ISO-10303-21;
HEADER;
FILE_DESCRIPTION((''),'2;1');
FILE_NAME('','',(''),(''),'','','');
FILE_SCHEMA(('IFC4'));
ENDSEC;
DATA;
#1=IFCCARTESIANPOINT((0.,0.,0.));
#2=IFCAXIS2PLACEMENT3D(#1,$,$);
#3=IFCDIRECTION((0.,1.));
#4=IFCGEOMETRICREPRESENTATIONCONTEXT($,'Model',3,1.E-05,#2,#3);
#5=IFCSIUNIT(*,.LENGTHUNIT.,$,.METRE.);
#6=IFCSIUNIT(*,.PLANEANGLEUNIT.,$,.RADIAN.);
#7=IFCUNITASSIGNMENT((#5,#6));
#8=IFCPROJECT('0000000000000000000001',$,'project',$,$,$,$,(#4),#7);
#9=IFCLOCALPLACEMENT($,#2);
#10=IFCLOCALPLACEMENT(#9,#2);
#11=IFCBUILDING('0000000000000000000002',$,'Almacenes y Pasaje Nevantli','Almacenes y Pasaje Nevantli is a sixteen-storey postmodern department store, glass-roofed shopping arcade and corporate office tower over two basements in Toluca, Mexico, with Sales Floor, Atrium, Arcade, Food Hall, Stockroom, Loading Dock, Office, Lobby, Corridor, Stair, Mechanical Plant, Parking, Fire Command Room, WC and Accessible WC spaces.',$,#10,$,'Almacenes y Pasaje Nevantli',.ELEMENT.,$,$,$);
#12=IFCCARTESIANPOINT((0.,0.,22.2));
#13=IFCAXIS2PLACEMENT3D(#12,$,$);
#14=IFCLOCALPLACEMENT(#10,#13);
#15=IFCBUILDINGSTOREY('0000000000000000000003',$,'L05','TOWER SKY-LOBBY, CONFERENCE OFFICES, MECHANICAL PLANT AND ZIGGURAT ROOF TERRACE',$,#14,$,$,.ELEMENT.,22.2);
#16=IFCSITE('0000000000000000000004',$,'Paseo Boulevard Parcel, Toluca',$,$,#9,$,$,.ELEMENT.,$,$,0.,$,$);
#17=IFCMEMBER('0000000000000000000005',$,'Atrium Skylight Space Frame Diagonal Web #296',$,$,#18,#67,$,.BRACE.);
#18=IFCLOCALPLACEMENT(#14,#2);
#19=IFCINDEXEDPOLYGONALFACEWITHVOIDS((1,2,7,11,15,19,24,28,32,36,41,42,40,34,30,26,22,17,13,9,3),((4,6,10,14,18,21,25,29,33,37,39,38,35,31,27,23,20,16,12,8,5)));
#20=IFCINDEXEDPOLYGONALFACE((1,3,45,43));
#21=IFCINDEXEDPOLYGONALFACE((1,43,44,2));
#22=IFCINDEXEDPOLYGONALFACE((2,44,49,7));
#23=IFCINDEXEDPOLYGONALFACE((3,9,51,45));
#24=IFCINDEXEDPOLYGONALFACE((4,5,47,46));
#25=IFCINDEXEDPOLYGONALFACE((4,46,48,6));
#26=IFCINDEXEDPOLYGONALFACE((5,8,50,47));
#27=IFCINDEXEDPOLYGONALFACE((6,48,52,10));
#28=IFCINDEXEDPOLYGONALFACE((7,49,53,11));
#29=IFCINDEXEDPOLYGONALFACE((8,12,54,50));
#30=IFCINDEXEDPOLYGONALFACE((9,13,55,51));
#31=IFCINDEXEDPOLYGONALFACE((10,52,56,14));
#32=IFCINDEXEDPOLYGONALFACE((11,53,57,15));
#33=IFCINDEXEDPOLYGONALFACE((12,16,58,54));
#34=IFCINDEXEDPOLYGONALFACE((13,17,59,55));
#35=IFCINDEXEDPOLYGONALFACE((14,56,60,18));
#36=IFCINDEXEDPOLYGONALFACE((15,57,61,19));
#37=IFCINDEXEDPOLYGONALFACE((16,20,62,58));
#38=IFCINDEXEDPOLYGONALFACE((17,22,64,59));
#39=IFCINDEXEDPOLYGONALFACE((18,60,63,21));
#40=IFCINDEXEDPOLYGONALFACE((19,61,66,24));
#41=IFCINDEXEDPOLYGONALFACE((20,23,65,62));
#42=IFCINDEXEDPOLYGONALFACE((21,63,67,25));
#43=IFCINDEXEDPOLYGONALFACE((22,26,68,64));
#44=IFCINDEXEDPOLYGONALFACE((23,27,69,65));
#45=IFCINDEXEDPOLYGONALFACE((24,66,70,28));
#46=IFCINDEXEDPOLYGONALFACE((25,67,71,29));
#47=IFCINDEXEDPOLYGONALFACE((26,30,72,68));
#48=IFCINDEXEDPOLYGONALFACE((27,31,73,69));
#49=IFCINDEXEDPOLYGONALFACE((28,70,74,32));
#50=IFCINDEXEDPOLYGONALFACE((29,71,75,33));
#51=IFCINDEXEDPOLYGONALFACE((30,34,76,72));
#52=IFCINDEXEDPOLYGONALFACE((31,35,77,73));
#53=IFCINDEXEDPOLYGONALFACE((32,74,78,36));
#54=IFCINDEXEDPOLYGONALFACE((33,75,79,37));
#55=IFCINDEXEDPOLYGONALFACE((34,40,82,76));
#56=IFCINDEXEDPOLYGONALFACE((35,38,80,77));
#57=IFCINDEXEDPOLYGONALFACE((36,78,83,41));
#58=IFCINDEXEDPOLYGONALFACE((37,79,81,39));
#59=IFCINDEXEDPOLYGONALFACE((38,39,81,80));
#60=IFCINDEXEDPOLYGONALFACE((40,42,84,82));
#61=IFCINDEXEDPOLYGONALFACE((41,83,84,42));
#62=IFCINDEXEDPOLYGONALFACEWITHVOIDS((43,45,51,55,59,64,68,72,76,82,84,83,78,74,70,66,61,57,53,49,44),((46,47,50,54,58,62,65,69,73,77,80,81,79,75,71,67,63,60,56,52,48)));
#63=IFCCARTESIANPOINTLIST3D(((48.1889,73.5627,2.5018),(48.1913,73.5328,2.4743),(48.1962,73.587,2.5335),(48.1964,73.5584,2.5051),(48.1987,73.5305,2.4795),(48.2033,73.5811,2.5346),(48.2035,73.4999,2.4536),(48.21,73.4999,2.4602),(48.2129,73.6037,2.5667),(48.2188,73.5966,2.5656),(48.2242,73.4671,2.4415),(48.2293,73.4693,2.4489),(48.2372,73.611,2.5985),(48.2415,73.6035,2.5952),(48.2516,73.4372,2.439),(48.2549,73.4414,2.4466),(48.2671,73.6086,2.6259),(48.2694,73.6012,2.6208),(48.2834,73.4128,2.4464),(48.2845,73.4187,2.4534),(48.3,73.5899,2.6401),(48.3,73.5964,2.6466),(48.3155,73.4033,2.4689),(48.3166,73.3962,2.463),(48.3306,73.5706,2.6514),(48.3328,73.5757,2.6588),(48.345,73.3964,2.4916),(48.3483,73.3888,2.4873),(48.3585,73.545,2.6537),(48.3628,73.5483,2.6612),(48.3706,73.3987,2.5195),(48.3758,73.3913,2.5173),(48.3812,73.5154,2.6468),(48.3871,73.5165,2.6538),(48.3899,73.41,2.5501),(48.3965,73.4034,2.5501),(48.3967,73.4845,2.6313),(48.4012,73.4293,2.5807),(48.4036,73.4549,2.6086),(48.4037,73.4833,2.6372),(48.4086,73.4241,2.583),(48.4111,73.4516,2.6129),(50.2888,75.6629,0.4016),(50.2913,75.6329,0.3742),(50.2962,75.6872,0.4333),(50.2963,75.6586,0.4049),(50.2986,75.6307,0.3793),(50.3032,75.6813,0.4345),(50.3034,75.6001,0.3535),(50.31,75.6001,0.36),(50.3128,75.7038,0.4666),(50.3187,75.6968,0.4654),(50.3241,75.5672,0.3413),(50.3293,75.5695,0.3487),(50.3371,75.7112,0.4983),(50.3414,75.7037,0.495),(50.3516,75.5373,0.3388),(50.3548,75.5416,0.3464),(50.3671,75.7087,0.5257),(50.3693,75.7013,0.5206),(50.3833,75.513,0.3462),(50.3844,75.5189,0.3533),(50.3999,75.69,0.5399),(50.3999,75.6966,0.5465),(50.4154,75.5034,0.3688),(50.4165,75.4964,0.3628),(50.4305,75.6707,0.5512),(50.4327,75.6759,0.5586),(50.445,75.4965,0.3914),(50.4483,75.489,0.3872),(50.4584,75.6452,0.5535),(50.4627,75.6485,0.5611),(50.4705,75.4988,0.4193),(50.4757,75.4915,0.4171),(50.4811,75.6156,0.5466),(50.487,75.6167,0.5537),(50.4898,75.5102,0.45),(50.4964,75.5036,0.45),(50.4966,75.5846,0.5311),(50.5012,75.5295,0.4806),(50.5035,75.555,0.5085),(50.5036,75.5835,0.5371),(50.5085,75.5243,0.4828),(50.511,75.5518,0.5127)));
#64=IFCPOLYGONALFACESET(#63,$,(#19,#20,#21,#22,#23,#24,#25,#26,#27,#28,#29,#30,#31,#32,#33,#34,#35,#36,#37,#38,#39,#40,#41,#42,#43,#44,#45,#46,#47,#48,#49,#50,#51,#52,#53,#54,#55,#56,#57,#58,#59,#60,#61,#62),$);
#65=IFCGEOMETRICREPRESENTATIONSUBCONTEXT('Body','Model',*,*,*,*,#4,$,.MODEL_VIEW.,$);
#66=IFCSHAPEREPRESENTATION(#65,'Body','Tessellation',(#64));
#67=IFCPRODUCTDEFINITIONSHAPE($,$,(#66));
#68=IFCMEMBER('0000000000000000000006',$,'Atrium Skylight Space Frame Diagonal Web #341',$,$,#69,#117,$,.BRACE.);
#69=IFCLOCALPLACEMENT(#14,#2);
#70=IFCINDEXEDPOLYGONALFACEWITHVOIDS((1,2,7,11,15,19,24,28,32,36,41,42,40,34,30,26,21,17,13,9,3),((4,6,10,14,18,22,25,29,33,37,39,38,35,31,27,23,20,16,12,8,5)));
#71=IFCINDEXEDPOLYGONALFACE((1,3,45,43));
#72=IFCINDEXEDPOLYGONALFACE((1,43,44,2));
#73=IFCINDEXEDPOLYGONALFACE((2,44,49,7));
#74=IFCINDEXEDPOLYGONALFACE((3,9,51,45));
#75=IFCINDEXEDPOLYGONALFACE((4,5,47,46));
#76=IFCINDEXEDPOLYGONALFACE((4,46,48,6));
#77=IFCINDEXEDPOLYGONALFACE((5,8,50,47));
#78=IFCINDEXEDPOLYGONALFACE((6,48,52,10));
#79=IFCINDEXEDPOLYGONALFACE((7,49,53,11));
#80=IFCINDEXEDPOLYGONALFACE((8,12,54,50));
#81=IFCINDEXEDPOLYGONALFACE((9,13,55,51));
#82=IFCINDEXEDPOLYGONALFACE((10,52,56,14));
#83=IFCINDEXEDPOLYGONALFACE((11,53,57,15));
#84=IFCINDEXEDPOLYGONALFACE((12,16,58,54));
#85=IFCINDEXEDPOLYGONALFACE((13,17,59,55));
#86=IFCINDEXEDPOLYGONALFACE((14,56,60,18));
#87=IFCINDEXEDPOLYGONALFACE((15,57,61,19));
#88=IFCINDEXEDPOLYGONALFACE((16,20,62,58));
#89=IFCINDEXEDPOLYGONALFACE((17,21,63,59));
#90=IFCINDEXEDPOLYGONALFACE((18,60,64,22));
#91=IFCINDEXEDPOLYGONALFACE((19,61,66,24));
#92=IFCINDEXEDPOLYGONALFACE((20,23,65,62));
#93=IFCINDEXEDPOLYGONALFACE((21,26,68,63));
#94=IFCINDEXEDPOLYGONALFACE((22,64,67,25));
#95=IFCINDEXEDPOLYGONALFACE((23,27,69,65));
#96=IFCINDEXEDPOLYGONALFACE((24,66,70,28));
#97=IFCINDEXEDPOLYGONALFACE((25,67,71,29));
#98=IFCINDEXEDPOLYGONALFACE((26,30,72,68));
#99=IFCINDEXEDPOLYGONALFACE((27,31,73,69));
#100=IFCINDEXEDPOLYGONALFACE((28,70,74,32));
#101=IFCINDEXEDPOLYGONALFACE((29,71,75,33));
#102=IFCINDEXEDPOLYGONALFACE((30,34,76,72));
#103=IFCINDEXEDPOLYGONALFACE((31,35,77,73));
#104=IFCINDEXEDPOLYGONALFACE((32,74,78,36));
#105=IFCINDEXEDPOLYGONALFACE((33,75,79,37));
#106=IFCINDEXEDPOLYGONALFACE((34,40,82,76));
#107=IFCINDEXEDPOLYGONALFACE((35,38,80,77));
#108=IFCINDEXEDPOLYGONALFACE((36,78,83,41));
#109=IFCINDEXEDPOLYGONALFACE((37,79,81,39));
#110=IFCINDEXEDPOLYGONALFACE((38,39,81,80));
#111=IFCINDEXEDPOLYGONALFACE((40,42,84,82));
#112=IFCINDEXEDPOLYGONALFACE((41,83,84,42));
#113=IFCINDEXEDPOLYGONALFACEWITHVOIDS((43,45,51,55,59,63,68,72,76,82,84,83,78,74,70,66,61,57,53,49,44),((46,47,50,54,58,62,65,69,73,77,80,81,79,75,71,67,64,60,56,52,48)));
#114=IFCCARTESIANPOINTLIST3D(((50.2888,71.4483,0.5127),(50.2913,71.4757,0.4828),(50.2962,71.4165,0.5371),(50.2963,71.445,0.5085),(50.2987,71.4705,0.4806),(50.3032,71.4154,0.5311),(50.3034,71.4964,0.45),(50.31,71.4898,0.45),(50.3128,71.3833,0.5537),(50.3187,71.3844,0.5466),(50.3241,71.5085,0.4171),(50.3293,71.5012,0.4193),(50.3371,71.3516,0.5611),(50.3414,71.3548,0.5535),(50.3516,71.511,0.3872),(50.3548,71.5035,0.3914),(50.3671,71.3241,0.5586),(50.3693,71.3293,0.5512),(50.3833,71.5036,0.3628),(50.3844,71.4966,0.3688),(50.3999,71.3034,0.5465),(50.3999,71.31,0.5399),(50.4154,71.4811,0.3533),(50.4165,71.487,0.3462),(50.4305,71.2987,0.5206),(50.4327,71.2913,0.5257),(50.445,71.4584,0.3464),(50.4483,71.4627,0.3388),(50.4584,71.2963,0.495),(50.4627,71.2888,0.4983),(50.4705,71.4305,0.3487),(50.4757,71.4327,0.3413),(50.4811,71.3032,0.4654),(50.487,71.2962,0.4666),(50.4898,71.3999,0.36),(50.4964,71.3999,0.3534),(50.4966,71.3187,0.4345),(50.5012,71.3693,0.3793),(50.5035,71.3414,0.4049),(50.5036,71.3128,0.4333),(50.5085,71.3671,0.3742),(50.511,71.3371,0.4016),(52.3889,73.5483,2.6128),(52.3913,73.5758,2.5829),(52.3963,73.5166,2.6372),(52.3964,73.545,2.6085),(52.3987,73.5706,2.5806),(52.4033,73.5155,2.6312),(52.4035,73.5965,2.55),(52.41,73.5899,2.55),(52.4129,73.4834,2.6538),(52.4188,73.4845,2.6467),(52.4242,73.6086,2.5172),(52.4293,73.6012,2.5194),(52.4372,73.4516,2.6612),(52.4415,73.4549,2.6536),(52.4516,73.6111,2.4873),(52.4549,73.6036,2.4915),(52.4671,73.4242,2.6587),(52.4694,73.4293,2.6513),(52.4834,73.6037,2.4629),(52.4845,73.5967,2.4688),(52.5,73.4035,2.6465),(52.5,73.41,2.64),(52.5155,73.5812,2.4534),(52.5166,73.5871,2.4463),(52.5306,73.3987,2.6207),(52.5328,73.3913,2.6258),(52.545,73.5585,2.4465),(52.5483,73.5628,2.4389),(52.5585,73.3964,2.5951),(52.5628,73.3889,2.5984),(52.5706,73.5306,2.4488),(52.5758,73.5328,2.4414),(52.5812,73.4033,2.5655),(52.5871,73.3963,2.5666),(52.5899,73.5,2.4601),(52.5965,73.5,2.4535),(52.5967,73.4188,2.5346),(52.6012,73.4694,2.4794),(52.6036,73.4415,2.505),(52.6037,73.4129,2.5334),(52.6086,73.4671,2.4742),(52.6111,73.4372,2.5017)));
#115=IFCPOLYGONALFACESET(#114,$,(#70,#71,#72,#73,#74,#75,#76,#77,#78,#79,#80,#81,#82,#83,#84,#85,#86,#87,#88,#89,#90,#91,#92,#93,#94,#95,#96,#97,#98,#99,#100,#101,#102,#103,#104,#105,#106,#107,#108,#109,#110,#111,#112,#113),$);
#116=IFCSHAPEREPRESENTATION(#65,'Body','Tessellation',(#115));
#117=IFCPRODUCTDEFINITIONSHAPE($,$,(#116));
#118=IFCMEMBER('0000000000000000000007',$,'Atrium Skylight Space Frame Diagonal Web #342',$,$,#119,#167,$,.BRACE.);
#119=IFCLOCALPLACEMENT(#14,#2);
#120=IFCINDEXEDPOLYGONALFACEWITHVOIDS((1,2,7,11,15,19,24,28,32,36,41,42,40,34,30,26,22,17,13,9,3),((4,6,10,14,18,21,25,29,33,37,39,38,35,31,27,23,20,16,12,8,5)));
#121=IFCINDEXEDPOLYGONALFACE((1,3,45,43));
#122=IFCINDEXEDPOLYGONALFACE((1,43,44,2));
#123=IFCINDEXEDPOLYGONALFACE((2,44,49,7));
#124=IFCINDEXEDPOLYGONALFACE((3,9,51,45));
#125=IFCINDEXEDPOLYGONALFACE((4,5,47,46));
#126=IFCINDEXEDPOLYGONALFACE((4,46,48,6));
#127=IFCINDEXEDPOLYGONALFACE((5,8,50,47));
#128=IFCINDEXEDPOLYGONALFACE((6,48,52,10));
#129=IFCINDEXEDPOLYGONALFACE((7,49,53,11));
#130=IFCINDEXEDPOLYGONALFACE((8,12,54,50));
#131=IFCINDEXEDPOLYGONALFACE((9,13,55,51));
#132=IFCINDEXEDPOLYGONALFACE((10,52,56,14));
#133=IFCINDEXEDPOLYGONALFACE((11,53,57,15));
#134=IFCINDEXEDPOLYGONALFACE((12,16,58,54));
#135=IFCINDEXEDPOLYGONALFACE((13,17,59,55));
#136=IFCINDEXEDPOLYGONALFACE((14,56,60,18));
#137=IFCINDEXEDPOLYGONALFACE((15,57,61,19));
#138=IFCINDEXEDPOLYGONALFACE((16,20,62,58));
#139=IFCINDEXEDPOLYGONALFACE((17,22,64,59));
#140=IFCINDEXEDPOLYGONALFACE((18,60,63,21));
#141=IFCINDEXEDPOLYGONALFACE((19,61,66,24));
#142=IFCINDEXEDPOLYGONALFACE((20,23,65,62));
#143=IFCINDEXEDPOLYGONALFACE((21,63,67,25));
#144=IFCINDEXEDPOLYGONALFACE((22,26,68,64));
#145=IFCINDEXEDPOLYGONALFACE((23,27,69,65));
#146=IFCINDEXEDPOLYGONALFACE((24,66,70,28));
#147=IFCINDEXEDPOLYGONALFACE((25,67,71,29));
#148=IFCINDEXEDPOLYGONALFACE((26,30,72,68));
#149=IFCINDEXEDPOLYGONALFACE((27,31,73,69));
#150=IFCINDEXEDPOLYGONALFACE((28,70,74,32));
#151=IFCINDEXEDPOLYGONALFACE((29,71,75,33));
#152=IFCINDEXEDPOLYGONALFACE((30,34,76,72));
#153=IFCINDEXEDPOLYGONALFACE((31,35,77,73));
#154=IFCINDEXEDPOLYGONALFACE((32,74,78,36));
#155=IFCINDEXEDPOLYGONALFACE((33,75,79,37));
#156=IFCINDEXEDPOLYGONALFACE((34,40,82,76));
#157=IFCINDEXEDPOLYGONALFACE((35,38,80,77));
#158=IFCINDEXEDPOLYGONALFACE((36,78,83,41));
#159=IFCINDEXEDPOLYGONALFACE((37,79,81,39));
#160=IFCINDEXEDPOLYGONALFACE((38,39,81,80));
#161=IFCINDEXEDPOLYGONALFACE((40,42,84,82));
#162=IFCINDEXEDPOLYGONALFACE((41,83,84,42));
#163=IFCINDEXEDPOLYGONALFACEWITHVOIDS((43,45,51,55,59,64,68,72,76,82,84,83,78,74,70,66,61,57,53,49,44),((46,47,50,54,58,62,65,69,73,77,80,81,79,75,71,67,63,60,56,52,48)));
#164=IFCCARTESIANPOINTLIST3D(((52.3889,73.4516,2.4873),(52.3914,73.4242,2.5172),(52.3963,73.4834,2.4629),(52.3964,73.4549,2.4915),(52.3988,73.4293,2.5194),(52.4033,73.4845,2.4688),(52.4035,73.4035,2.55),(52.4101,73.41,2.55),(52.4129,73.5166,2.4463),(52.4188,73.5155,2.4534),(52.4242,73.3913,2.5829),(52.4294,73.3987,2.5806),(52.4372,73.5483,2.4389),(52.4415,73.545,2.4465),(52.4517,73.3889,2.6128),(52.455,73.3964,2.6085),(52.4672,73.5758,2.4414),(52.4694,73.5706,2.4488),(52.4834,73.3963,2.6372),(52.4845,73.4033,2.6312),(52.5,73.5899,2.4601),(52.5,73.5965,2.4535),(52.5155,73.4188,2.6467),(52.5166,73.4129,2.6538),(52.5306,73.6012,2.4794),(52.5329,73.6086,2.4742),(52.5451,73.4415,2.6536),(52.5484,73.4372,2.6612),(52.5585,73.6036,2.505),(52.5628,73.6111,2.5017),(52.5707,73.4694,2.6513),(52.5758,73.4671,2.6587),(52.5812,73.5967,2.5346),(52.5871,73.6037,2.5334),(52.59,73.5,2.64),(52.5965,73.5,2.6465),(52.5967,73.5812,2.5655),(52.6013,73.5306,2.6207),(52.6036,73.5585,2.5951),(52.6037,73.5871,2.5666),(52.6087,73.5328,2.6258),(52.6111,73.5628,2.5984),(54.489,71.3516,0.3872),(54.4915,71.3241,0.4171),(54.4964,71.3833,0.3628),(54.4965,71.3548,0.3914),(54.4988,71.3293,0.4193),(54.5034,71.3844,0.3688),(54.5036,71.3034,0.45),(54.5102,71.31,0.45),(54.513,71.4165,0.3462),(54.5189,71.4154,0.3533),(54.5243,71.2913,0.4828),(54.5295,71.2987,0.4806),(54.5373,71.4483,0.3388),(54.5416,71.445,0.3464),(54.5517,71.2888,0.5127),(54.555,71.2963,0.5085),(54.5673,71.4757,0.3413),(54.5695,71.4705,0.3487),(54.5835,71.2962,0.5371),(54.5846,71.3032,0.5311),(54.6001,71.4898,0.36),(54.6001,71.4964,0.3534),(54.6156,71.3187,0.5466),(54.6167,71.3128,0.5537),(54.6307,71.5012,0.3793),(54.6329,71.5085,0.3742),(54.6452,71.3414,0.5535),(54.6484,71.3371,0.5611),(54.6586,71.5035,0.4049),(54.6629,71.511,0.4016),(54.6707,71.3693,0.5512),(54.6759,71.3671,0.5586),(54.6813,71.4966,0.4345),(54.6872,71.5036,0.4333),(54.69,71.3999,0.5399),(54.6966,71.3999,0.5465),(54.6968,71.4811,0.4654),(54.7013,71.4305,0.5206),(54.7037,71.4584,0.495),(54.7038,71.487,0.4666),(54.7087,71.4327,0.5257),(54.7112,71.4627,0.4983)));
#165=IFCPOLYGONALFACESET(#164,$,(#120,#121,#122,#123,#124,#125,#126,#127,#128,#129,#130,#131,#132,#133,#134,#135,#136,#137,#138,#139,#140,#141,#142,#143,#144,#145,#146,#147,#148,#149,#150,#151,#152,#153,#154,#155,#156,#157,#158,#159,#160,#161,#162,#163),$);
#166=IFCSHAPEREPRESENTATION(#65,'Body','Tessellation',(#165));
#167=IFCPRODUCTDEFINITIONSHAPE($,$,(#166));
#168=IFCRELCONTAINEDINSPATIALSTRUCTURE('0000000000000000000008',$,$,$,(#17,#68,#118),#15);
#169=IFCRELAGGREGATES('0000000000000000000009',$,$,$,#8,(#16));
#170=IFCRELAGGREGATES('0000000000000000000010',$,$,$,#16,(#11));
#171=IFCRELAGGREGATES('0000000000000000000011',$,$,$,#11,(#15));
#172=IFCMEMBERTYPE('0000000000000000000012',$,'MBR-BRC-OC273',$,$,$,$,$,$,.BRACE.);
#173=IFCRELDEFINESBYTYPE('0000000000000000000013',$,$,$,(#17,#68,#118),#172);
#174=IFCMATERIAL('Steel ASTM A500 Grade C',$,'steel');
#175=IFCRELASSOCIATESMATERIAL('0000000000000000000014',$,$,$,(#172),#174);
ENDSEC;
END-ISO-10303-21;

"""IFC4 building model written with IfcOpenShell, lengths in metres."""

from ifc_helpers import new_model, si_unit, direction, frame, origin, origin_2d, place, context, subcontext, project, spatial, hollow_circle, extrude, material, material_profile, profile_set, type_object, element, save


model = new_model("IFC4")

# Units and contexts
model_context = context("Model", 3, precision=1e-05, world=origin(), true_north=direction((0.0, 1.0)))
body_context = subcontext(model_context, "Body", "Model", "MODEL_VIEW")
ifc_project = project(units=[si_unit("LENGTHUNIT", "METRE"), si_unit("PLANEANGLEUNIT", "RADIAN")], contexts=[model_context])

# Site, building, storey
site_placement = place(None, origin())
site = spatial("IfcSite", under=ifc_project, at=site_placement, Name="Paseo Boulevard Parcel, Toluca", CompositionType="ELEMENT", RefElevation=0.0)
building_placement = place(site_placement, origin())
building = spatial("IfcBuilding", under=site, at=building_placement, Name="Almacenes y Pasaje Nevantli", Description="Almacenes y Pasaje Nevantli is a sixteen-storey postmodern department store, glass-roofed shopping arcade and corporate office tower over two basements in Toluca, Mexico, with Sales Floor, Atrium, Arcade, Food Hall, Stockroom, Loading Dock, Office, Lobby, Corridor, Stair, Mechanical Plant, Parking, Fire Command Room, WC and Accessible WC spaces.", LongName="Almacenes y Pasaje Nevantli", CompositionType="ELEMENT")
storey_placement = place(building_placement, frame((0.0, 0.0, 22.2)))
storey = spatial("IfcBuildingStorey", under=building, at=storey_placement, Name="L05", Description="TOWER SKY-LOBBY, CONFERENCE OFFICES, MECHANICAL PLANT AND ZIGGURAT ROOF TERRACE", CompositionType="ELEMENT", Elevation=22.2)

# Members
ifc_material_1 = material(Name="Steel ASTM A500 Grade C", Category="steel")
ifc_material_profile_1 = material_profile(ifc_material_1, hollow_circle(Radius=0.1365, WallThickness=0.0093, at=origin_2d()), Name="OC 273x9.3")
ifc_profile_set_1 = profile_set([ifc_material_profile_1], Name="Steel ASTM A500 Grade C")
member_type_1 = type_object("IfcMemberType", Name="MBR-BRC-OC273", PredefinedType="BRACE", material=ifc_profile_set_1)
for number, where, z_axis, x_axis, name in (
    (1, (50.3999, 75.6001, 0.45), (-0.577306, -0.577373, 0.577373), (0.707148, -0.707066, 0.0), "Atrium Skylight Space Frame Diagonal Web #296"),
    (2, (50.3999, 71.3999, 0.45), (0.57735, 0.57735, 0.57735), (-0.707107, 0.707107, 0.0), "Atrium Skylight Space Frame Diagonal Web #341"),
    (3, (54.6001, 71.3999, 0.45), (-0.57735, 0.57735, 0.57735), (-0.707107, -0.707107, 0.0), "Atrium Skylight Space Frame Diagonal Web #342"),
):
    element("IfcMember", number, at=place(storey_placement, frame(where, z_axis=z_axis, x_axis=x_axis)), inside=storey, type_object=member_type_1, Name=name, PredefinedType="BRACE", context=body_context, shape_type="SweptSolid", body=[
        extrude(hollow_circle(Radius=0.1365, WallThickness=0.0093, at=origin_2d()), origin(), (0.0, 0.0, 1.0), 3.6375),
    ])

save(model, "model.ifc")
